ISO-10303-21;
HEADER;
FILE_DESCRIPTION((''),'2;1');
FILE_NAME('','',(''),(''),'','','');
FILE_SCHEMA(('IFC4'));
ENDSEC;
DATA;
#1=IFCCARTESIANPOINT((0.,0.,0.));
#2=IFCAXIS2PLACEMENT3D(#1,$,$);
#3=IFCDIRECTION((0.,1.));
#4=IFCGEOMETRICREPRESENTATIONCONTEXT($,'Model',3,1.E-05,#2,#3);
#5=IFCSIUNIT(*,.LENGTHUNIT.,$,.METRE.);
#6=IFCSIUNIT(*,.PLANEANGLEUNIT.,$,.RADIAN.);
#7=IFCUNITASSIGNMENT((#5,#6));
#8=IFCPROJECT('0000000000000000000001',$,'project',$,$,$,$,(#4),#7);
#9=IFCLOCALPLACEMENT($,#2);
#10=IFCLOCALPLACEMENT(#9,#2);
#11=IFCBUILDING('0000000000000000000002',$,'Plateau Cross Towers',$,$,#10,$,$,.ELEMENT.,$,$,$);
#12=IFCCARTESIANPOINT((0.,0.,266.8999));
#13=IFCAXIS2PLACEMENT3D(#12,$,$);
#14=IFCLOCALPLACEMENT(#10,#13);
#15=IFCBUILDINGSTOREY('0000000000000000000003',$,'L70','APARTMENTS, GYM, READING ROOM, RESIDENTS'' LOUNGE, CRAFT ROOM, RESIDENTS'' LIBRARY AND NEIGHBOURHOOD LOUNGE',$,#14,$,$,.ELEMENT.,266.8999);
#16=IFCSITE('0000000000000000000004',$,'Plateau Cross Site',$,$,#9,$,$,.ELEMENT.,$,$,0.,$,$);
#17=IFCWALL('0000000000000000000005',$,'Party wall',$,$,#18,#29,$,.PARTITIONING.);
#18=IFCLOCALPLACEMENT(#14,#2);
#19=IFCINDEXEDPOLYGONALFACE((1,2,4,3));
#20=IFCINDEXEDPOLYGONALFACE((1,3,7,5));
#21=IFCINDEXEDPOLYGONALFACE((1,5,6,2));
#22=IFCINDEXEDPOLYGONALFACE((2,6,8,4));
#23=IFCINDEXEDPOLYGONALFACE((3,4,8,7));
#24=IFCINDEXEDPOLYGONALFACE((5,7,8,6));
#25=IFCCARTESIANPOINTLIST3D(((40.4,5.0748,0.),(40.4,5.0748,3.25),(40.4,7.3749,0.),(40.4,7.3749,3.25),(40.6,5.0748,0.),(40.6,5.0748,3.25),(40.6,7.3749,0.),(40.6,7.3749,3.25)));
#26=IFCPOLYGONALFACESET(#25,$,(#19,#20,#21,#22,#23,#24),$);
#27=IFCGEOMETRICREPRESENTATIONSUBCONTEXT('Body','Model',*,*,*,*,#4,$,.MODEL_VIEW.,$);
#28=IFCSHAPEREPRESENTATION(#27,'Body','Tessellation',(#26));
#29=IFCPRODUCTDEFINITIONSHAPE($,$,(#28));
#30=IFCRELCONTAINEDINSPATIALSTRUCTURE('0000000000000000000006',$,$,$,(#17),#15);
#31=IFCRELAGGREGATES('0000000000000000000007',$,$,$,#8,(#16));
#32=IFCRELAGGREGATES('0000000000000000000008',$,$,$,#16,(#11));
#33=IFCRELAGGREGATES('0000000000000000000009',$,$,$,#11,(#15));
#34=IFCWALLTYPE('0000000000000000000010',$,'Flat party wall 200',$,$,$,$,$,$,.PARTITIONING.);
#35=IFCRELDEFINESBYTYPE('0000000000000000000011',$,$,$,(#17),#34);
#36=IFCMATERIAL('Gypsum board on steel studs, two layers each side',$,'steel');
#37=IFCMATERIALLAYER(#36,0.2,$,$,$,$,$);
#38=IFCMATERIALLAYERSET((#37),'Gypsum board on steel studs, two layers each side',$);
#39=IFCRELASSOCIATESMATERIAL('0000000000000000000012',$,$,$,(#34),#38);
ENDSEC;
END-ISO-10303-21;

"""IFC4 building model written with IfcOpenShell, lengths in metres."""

from ifc_helpers import new_model, si_unit, direction, frame, frame_2d, origin, place, context, subcontext, project, spatial, rectangle, extrude, material, layer, layer_set, type_object, element, save


model = new_model("IFC4")

# Units and contexts
model_context = context("Model", 3, precision=1e-05, world=origin(), true_north=direction((0.0, 1.0)))
body_context = subcontext(model_context, "Body", "Model", "MODEL_VIEW")
ifc_project = project(units=[si_unit("LENGTHUNIT", "METRE"), si_unit("PLANEANGLEUNIT", "RADIAN")], contexts=[model_context])

# Site, building, storey
site_placement = place(None, origin())
site = spatial("IfcSite", under=ifc_project, at=site_placement, Name="Plateau Cross Site", CompositionType="ELEMENT", RefElevation=0.0)
building_placement = place(site_placement, origin())
building = spatial("IfcBuilding", under=site, at=building_placement, Name="Plateau Cross Towers", CompositionType="ELEMENT")
storey_placement = place(building_placement, frame((0.0, 0.0, 266.8999)))
storey = spatial("IfcBuildingStorey", under=building, at=storey_placement, Name="L70", Description="APARTMENTS, GYM, READING ROOM, RESIDENTS' LOUNGE, CRAFT ROOM, RESIDENTS' LIBRARY AND NEIGHBOURHOOD LOUNGE", CompositionType="ELEMENT", Elevation=266.8999)

# Wall
ifc_material_1 = material(Name="Gypsum board on steel studs, two layers each side", Category="steel")
ifc_layer_1 = layer(ifc_material_1, 0.2)
ifc_layer_set_1 = layer_set([ifc_layer_1], Name="Gypsum board on steel studs, two layers each side")
wall_type_1 = type_object("IfcWallType", Name="Flat party wall 200", PredefinedType="PARTITIONING", material=ifc_layer_set_1)
wall_1_placement = place(storey_placement, frame((40.5, 5.075, 0.0), z_axis=(0.0, 0.0, 1.0), x_axis=(0.0, 1.0, 0.0)))
element("IfcWall", 1, at=wall_1_placement, inside=storey, type_object=wall_type_1, Name="Party wall", PredefinedType="PARTITIONING", context=body_context, shape_type="SweptSolid", body=[
    extrude(rectangle(XDim=2.3, YDim=0.2, at=frame_2d((1.1499, 0.0))), origin(), (0.0, 0.0, 1.0), 3.25),
])

save(model, "model.ifc")
